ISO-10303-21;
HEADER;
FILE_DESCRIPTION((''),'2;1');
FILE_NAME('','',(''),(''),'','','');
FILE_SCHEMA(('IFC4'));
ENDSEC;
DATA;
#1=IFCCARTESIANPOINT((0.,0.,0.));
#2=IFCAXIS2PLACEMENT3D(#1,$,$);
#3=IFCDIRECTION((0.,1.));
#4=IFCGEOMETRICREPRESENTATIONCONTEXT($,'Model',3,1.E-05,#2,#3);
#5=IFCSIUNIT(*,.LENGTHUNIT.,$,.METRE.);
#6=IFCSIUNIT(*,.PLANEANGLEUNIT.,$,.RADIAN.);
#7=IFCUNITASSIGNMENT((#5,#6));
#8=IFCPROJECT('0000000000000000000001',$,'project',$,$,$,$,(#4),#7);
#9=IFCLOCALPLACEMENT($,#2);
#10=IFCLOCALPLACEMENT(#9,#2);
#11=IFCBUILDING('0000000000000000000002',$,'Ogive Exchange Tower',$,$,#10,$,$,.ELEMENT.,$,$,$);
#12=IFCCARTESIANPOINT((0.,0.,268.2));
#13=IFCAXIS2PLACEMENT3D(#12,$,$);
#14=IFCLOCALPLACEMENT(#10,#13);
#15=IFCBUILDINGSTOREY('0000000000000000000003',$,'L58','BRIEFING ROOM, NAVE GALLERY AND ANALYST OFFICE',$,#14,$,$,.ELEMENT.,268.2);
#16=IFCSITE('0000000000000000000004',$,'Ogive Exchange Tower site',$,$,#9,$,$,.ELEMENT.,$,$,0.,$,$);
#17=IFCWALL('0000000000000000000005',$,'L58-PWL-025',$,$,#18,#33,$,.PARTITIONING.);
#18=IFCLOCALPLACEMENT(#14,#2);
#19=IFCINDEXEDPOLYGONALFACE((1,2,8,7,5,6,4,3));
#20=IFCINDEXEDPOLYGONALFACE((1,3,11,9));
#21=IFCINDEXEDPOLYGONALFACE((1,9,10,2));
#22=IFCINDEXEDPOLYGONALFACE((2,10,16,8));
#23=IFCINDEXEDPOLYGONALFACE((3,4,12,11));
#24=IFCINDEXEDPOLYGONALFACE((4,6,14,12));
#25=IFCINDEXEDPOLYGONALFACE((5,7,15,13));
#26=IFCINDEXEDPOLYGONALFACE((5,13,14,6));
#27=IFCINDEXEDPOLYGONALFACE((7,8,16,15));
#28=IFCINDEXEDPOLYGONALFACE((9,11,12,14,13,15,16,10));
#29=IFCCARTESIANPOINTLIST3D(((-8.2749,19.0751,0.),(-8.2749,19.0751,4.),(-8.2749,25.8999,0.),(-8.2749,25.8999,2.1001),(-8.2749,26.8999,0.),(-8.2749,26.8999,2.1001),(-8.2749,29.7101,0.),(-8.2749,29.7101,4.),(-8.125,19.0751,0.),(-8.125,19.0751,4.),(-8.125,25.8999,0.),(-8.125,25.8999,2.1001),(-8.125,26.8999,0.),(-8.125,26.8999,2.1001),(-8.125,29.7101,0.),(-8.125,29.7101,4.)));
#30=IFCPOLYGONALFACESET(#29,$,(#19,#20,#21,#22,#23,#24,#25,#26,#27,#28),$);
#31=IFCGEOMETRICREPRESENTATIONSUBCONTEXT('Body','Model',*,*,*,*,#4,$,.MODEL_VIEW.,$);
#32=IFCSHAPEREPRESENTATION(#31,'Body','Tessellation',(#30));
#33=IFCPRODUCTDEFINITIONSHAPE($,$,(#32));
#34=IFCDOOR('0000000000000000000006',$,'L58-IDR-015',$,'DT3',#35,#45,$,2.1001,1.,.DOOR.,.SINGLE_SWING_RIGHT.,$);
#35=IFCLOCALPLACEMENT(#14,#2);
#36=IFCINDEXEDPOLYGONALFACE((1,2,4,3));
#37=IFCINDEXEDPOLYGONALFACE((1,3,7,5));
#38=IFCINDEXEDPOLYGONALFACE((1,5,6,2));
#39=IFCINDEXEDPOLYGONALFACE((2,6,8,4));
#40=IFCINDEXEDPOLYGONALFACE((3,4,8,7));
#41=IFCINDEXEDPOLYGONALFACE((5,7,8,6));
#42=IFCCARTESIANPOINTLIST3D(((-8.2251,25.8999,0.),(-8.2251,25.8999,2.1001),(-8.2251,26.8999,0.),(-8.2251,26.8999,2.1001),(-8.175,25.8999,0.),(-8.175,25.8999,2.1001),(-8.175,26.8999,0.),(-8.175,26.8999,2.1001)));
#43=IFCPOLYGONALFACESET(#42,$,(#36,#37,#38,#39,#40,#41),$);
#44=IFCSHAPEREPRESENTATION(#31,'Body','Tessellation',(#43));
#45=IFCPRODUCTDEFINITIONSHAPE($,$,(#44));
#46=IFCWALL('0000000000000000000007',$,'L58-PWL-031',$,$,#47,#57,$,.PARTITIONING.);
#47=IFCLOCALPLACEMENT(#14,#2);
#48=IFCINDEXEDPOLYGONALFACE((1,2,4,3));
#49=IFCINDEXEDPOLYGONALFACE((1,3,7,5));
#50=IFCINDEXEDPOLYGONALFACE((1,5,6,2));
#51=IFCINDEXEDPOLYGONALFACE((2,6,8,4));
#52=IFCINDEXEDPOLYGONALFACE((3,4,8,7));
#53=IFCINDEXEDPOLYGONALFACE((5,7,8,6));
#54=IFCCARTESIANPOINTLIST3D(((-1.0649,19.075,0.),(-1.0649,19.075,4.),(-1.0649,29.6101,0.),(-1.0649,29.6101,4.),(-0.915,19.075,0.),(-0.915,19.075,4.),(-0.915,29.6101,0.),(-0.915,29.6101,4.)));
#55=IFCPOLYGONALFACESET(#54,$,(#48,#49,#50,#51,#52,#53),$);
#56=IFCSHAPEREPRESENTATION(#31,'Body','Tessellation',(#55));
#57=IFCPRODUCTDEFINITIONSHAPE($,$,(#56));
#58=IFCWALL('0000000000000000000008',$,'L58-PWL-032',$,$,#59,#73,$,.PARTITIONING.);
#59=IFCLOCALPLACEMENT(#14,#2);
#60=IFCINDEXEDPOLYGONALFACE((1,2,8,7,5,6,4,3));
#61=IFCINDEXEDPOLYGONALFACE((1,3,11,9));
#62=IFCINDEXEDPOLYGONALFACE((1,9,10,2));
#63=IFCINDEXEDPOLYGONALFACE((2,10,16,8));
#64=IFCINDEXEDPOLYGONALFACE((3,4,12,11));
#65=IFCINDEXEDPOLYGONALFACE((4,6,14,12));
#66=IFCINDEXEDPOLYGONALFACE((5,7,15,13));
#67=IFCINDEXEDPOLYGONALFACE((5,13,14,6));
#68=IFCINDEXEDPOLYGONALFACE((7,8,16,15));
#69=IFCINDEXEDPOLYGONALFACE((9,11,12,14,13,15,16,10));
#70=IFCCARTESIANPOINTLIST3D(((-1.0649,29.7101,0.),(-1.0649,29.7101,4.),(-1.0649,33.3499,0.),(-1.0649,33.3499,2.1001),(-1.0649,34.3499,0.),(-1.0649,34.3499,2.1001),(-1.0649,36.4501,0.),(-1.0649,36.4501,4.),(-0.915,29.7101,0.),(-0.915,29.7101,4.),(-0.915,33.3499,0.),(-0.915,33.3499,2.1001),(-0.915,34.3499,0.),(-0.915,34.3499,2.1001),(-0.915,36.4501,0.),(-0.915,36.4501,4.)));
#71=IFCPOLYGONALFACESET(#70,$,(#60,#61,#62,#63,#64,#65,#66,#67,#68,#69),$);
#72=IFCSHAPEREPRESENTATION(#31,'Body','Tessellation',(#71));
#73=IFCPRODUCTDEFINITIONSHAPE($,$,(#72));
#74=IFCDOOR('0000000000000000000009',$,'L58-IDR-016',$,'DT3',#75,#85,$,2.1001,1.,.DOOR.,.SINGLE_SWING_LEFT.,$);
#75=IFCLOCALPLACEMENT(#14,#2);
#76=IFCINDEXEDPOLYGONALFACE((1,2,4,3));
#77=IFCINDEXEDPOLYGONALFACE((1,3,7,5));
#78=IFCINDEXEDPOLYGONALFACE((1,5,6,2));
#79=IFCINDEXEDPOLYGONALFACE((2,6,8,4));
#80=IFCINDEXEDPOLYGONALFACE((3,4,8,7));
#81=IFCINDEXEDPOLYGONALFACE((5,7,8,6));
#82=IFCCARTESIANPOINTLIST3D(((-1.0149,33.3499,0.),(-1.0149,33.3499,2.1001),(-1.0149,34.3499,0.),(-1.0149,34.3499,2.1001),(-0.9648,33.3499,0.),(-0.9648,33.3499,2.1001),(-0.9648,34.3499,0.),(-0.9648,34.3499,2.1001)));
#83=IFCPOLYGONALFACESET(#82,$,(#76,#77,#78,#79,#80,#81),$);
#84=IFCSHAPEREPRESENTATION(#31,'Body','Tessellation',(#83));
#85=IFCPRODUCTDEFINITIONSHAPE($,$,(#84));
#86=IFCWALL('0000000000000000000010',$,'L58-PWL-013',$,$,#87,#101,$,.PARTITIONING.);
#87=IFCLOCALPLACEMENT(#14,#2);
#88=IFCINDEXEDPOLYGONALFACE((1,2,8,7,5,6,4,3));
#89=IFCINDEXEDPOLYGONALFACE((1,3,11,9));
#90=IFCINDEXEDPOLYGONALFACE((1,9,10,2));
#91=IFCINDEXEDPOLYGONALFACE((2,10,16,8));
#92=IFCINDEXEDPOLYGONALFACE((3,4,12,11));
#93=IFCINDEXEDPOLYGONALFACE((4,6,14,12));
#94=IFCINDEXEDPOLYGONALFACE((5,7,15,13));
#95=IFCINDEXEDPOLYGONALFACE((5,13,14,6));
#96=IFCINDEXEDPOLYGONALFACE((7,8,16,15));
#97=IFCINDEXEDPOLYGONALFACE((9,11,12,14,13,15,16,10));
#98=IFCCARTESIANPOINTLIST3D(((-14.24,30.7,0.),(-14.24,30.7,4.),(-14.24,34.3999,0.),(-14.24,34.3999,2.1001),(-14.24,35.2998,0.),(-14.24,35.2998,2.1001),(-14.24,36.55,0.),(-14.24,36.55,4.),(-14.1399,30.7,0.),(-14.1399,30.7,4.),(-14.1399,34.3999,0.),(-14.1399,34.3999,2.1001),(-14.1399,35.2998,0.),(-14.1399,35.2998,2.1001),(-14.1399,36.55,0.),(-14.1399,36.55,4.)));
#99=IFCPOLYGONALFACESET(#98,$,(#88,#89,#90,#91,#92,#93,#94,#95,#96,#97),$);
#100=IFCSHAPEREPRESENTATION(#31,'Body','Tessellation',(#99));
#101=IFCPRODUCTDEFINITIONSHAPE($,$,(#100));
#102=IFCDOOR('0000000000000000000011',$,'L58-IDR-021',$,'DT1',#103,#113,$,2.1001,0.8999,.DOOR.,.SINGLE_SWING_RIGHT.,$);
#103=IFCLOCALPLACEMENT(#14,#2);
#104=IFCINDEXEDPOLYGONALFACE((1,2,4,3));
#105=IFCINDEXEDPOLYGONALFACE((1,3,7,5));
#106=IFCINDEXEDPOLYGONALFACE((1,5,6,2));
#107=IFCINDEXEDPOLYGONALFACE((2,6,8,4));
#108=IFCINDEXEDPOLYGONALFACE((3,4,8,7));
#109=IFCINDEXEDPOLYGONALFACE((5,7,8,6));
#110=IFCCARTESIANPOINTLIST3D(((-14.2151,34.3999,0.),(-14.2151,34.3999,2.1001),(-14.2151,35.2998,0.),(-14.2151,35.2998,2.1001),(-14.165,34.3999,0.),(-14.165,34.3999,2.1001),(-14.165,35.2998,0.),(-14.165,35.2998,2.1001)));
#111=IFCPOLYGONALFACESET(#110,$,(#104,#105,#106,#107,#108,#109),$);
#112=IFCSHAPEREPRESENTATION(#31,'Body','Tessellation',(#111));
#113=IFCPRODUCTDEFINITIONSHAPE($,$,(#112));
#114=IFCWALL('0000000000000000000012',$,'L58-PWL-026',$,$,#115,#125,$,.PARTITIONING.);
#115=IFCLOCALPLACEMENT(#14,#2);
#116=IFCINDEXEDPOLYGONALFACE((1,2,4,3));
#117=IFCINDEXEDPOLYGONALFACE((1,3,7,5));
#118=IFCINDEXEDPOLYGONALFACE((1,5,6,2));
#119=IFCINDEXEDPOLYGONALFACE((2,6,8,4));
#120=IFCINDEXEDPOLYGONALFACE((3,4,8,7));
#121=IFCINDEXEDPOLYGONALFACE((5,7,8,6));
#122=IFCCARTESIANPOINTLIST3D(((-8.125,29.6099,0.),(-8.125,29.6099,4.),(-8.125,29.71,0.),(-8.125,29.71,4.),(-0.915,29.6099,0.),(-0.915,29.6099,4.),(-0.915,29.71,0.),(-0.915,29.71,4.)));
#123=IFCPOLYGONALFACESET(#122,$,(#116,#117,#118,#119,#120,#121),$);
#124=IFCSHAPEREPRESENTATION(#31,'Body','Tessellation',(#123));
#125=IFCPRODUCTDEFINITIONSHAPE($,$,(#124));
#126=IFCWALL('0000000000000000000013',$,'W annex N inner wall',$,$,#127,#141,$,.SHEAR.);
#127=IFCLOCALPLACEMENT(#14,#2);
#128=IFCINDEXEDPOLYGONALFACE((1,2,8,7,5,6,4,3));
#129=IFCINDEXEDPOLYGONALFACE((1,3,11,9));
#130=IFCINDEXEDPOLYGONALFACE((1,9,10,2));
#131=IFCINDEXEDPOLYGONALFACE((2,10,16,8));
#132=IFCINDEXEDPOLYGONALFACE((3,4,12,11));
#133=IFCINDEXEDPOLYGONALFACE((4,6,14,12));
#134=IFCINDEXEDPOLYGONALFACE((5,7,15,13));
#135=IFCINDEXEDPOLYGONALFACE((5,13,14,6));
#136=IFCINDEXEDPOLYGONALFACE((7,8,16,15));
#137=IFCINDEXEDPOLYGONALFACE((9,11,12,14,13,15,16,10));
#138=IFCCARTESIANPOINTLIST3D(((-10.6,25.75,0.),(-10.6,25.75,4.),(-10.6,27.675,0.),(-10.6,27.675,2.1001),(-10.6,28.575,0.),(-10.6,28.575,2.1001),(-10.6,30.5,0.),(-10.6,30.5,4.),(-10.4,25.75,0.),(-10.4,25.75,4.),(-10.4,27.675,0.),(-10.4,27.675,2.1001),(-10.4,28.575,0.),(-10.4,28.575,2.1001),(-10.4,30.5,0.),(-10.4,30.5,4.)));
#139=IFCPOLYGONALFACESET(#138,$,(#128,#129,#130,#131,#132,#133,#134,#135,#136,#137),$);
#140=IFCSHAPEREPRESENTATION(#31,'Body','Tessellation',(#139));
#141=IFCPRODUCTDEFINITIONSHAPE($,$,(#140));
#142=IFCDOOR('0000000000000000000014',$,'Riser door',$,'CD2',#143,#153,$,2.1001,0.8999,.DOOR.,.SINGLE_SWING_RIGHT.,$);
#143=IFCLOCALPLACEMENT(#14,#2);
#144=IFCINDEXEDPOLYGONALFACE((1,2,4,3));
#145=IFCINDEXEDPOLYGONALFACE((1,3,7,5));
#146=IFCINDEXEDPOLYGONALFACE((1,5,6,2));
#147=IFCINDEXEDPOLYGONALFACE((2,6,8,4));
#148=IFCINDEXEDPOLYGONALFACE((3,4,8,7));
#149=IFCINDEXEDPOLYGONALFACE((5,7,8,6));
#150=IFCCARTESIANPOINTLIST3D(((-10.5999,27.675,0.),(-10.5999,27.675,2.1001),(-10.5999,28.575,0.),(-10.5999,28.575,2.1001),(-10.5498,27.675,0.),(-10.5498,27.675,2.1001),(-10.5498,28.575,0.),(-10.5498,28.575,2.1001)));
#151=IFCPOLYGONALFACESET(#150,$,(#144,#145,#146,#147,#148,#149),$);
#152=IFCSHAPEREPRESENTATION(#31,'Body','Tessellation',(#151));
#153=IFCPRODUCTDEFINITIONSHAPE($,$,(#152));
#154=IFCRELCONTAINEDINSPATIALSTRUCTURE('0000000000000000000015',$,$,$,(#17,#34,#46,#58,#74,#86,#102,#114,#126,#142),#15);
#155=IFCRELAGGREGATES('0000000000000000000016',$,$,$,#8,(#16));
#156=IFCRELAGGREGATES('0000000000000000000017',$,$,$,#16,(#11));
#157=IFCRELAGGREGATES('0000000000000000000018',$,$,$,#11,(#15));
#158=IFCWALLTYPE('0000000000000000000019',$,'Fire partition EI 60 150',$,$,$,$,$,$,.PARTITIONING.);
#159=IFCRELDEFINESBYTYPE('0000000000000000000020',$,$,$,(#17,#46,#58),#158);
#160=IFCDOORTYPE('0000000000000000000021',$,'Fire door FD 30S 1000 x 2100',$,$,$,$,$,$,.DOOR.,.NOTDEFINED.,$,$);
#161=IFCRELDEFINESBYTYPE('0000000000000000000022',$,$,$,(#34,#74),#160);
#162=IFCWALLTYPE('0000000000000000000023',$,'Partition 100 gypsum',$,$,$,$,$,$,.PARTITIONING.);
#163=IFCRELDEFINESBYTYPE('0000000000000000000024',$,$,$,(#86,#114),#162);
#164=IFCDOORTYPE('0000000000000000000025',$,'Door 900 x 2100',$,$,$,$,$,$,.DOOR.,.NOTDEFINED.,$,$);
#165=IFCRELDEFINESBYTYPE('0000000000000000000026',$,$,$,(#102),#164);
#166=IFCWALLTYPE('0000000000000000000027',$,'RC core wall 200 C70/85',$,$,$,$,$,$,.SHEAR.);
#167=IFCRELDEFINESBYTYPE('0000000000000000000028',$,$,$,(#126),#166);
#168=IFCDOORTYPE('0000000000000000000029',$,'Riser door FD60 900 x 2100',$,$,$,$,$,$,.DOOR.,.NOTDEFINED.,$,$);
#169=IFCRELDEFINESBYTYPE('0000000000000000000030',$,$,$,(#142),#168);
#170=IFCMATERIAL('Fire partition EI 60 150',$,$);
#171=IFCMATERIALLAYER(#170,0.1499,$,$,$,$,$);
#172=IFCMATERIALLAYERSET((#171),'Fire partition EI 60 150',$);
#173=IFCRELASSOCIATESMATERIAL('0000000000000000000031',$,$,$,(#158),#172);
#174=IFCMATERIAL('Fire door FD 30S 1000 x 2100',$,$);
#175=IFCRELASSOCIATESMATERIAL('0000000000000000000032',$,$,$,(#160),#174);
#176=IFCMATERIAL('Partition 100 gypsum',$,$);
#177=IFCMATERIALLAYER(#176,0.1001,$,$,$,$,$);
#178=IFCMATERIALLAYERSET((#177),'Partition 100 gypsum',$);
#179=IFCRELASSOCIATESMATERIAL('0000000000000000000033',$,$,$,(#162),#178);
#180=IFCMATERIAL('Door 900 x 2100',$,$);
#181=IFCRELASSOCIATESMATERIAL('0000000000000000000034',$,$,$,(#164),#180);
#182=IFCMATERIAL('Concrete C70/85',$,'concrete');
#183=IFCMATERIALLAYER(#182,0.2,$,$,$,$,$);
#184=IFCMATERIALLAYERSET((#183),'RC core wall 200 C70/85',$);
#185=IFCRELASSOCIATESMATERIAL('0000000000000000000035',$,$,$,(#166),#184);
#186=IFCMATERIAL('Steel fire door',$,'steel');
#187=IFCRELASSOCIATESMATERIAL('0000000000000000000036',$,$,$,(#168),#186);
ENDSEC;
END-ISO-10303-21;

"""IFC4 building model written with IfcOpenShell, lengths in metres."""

from ifc_helpers import new_model, si_unit, direction, frame, frame_2d, origin, place, context, subcontext, project, spatial, rectangle, extrude, material, layer, layer_set, type_object, element, fill, save


model = new_model("IFC4")

# Units and contexts
model_context = context("Model", 3, precision=1e-05, world=origin(), true_north=direction((0.0, 1.0)))
body_context = subcontext(model_context, "Body", "Model", "MODEL_VIEW")
ifc_project = project(units=[si_unit("LENGTHUNIT", "METRE"), si_unit("PLANEANGLEUNIT", "RADIAN")], contexts=[model_context])

# Site, building, storey
site_placement = place(None, origin())
site = spatial("IfcSite", under=ifc_project, at=site_placement, Name="Ogive Exchange Tower site", CompositionType="ELEMENT", RefElevation=0.0)
building_placement = place(site_placement, origin())
building = spatial("IfcBuilding", under=site, at=building_placement, Name="Ogive Exchange Tower", CompositionType="ELEMENT")
storey_placement = place(building_placement, frame((0.0, 0.0, 268.2)))
storey = spatial("IfcBuildingStorey", under=building, at=storey_placement, Name="L58", Description="BRIEFING ROOM, NAVE GALLERY AND ANALYST OFFICE", CompositionType="ELEMENT", Elevation=268.2)

# Shared definitions
ifc_material_1 = material(Name="Fire partition EI 60 150")
ifc_layer_1 = layer(ifc_material_1, 0.1499)
ifc_layer_set_1 = layer_set([ifc_layer_1], Name="Fire partition EI 60 150")
wall_type_1 = type_object("IfcWallType", Name="Fire partition EI 60 150", PredefinedType="PARTITIONING", material=ifc_layer_set_1)

# Wall, opening, door
wall_1_placement = place(storey_placement, frame((-8.2, 29.71, 0.0), z_axis=(0.0, 0.0, 1.0), x_axis=(0.0, -1.0, 0.0)))
wall_1 = element("IfcWall", 1, at=wall_1_placement, inside=storey, type_object=wall_type_1, Name="L58-PWL-025", PredefinedType="PARTITIONING", context=body_context, shape_type="SweptSolid", body=[
    extrude(rectangle(XDim=10.635, YDim=0.1499, at=frame_2d((5.3174, 0.0))), origin(), (0.0, 0.0, 1.0), 4.0),
])
opening_1_placement = place(wall_1_placement, frame((2.8101, 0.0, 0.0)))
opening_1 = element("IfcOpeningElement", 2, at=opening_1_placement, cuts=wall_1, PredefinedType="OPENING", context=body_context, shape_type="SweptSolid", body=[
    extrude(rectangle(XDim=1.0, YDim=2.1001, at=frame_2d((0.5, 1.05))), frame((0.0, 0.085, 0.0), z_axis=(0.0, -1.0, 0.0), x_axis=(1.0, 0.0, 0.0)), (0.0, 0.0, 1.0), 0.1699),
])
ifc_material_2 = material(Name="Fire door FD 30S 1000 x 2100")
door_type_1 = type_object("IfcDoorType", Name="Fire door FD 30S 1000 x 2100", OperationType="NOTDEFINED", PredefinedType="DOOR", material=ifc_material_2)
door_1_placement = place(opening_1_placement, origin())
door_1 = element("IfcDoor", 3, at=door_1_placement, inside=storey, type_object=door_type_1, Name="L58-IDR-015", ObjectType="DT3", OperationType="SINGLE_SWING_RIGHT", OverallHeight=2.1001, OverallWidth=1.0, PredefinedType="DOOR", context=body_context, shape_type="SweptSolid", body=[
    extrude(rectangle(XDim=1.0, YDim=2.1001, at=frame_2d((0.5, 1.05))), frame((0.0, 0.0249, 0.0), z_axis=(0.0, -1.0, 0.0), x_axis=(1.0, 0.0, 0.0)), (0.0, 0.0, 1.0), 0.05),
])
fill(opening_1, door_1)

# Wall
wall_2_placement = place(storey_placement, frame((-0.99, 19.075, 0.0), z_axis=(0.0, 0.0, 1.0), x_axis=(0.0, 1.0, 0.0)))
element("IfcWall", 4, at=wall_2_placement, inside=storey, type_object=wall_type_1, Name="L58-PWL-031", PredefinedType="PARTITIONING", context=body_context, shape_type="SweptSolid", body=[
    extrude(rectangle(XDim=10.5352, YDim=0.1499, at=frame_2d((5.2676, 0.0))), origin(), (0.0, 0.0, 1.0), 4.0),
])

# Walls, openings, doors
wall_3_placement = place(storey_placement, frame((-0.99, 29.71, 0.0), z_axis=(0.0, 0.0, 1.0), x_axis=(0.0, 1.0, 0.0)))
wall_3 = element("IfcWall", 5, at=wall_3_placement, inside=storey, type_object=wall_type_1, Name="L58-PWL-032", PredefinedType="PARTITIONING", context=body_context, shape_type="SweptSolid", body=[
    extrude(rectangle(XDim=6.74, YDim=0.1499, at=frame_2d((3.3701, 0.0))), origin(), (0.0, 0.0, 1.0), 4.0),
])
opening_2_placement = place(wall_3_placement, frame((3.6399, 0.0, 0.0)))
opening_2 = element("IfcOpeningElement", 6, at=opening_2_placement, cuts=wall_3, PredefinedType="OPENING", context=body_context, shape_type="SweptSolid", body=[
    extrude(rectangle(XDim=1.0, YDim=2.1001, at=frame_2d((0.5, 1.05))), frame((0.0, 0.085, 0.0), z_axis=(0.0, -1.0, 0.0), x_axis=(1.0, 0.0, 0.0)), (0.0, 0.0, 1.0), 0.1699),
])
door_2_placement = place(opening_2_placement, origin())
door_2 = element("IfcDoor", 7, at=door_2_placement, inside=storey, type_object=door_type_1, Name="L58-IDR-016", ObjectType="DT3", OperationType="SINGLE_SWING_LEFT", OverallHeight=2.1001, OverallWidth=1.0, PredefinedType="DOOR", context=body_context, shape_type="SweptSolid", body=[
    extrude(rectangle(XDim=1.0, YDim=2.1001, at=frame_2d((0.5, 1.05))), frame((0.0, 0.0249, 0.0), z_axis=(0.0, -1.0, 0.0), x_axis=(1.0, 0.0, 0.0)), (0.0, 0.0, 1.0), 0.05),
])
fill(opening_2, door_2)
ifc_material_3 = material(Name="Partition 100 gypsum")
ifc_layer_2 = layer(ifc_material_3, 0.1001)
ifc_layer_set_2 = layer_set([ifc_layer_2], Name="Partition 100 gypsum")
wall_type_2 = type_object("IfcWallType", Name="Partition 100 gypsum", PredefinedType="PARTITIONING", material=ifc_layer_set_2)
wall_4_placement = place(storey_placement, frame((-14.1899, 30.7, 0.0), z_axis=(0.0, 0.0, 1.0), x_axis=(0.0, 1.0, 0.0)))
wall_4 = element("IfcWall", 8, at=wall_4_placement, inside=storey, type_object=wall_type_2, Name="L58-PWL-013", PredefinedType="PARTITIONING", context=body_context, shape_type="SweptSolid", body=[
    extrude(rectangle(XDim=5.8501, YDim=0.1001, at=frame_2d((2.925, 0.0))), origin(), (0.0, 0.0, 1.0), 4.0),
])
opening_3_placement = place(wall_4_placement, frame((3.7, 0.0, 0.0)))
opening_3 = element("IfcOpeningElement", 9, at=opening_3_placement, cuts=wall_4, PredefinedType="OPENING", context=body_context, shape_type="SweptSolid", body=[
    extrude(rectangle(XDim=0.8999, YDim=2.1001, at=frame_2d((0.45, 1.05))), frame((0.0, 0.0601, 0.0), z_axis=(0.0, -1.0, 0.0), x_axis=(1.0, 0.0, 0.0)), (0.0, 0.0, 1.0), 0.1201),
])
ifc_material_4 = material(Name="Door 900 x 2100")
door_type_2 = type_object("IfcDoorType", Name="Door 900 x 2100", OperationType="NOTDEFINED", PredefinedType="DOOR", material=ifc_material_4)
door_3_placement = place(opening_3_placement, frame((0.8999, 0.0, 0.0), z_axis=(0.0, 0.0, 1.0), x_axis=(-1.0, 0.0, 0.0)))
door_3 = element("IfcDoor", 10, at=door_3_placement, inside=storey, type_object=door_type_2, Name="L58-IDR-021", ObjectType="DT1", OperationType="SINGLE_SWING_RIGHT", OverallHeight=2.1001, OverallWidth=0.8999, PredefinedType="DOOR", context=body_context, shape_type="SweptSolid", body=[
    extrude(rectangle(XDim=0.8999, YDim=2.1001, at=frame_2d((0.45, 1.05))), frame((0.0, 0.0249, 0.0), z_axis=(0.0, -1.0, 0.0), x_axis=(1.0, 0.0, 0.0)), (0.0, 0.0, 1.0), 0.05),
])
fill(opening_3, door_3)

# Wall
wall_5_placement = place(storey_placement, frame((-8.125, 29.6599, 0.0), z_axis=(0.0, 0.0, 1.0), x_axis=(1.0, 0.0, 0.0)))
element("IfcWall", 11, at=wall_5_placement, inside=storey, type_object=wall_type_2, Name="L58-PWL-026", PredefinedType="PARTITIONING", context=body_context, shape_type="SweptSolid", body=[
    extrude(rectangle(XDim=7.21, YDim=0.1001, at=frame_2d((3.605, 0.0))), origin(), (0.0, 0.0, 1.0), 4.0),
])

# Wall, opening, door
ifc_material_5 = material(Name="Concrete C70/85", Category="concrete")
ifc_layer_3 = layer(ifc_material_5, 0.2)
ifc_layer_set_3 = layer_set([ifc_layer_3], Name="RC core wall 200 C70/85")
wall_type_3 = type_object("IfcWallType", Name="RC core wall 200 C70/85", PredefinedType="SHEAR", material=ifc_layer_set_3)
wall_6_placement = place(storey_placement, frame((-10.5, 25.75, 0.0), z_axis=(0.0, 0.0, 1.0), x_axis=(0.0, 1.0, 0.0)))
wall_6 = element("IfcWall", 12, at=wall_6_placement, inside=storey, type_object=wall_type_3, Name="W annex N inner wall", PredefinedType="SHEAR", context=body_context, shape_type="SweptSolid", body=[
    extrude(rectangle(XDim=4.75, YDim=0.2, at=frame_2d((2.375, 0.0))), origin(), (0.0, 0.0, 1.0), 4.0),
])
opening_4_placement = place(wall_6_placement, frame((1.925, 0.0, 0.0)))
opening_4 = element("IfcOpeningElement", 13, at=opening_4_placement, cuts=wall_6, PredefinedType="OPENING", context=body_context, shape_type="SweptSolid", body=[
    extrude(rectangle(XDim=0.8999, YDim=2.1001, at=frame_2d((0.45, 1.05))), frame((0.0, 0.1099, 0.0), z_axis=(0.0, -1.0, 0.0), x_axis=(1.0, 0.0, 0.0)), (0.0, 0.0, 1.0), 0.22),
])
ifc_material_6 = material(Name="Steel fire door", Category="steel")
door_type_3 = type_object("IfcDoorType", Name="Riser door FD60 900 x 2100", OperationType="NOTDEFINED", PredefinedType="DOOR", material=ifc_material_6)
door_4_placement = place(opening_4_placement, frame((0.8999, 0.1499, 0.0), z_axis=(0.0, 0.0, 1.0), x_axis=(-1.0, 0.0, 0.0)))
door_4 = element("IfcDoor", 14, at=door_4_placement, inside=storey, type_object=door_type_3, Name="Riser door", ObjectType="CD2", OperationType="SINGLE_SWING_RIGHT", OverallHeight=2.1001, OverallWidth=0.8999, PredefinedType="DOOR", context=body_context, shape_type="SweptSolid", body=[
    extrude(rectangle(XDim=0.8999, YDim=2.1001, at=frame_2d((0.45, 1.05))), frame((0.0, 0.1001, 0.0), z_axis=(0.0, -1.0, 0.0), x_axis=(1.0, 0.0, 0.0)), (0.0, 0.0, 1.0), 0.05),
])
fill(opening_4, door_4)

save(model, "model.ifc")
